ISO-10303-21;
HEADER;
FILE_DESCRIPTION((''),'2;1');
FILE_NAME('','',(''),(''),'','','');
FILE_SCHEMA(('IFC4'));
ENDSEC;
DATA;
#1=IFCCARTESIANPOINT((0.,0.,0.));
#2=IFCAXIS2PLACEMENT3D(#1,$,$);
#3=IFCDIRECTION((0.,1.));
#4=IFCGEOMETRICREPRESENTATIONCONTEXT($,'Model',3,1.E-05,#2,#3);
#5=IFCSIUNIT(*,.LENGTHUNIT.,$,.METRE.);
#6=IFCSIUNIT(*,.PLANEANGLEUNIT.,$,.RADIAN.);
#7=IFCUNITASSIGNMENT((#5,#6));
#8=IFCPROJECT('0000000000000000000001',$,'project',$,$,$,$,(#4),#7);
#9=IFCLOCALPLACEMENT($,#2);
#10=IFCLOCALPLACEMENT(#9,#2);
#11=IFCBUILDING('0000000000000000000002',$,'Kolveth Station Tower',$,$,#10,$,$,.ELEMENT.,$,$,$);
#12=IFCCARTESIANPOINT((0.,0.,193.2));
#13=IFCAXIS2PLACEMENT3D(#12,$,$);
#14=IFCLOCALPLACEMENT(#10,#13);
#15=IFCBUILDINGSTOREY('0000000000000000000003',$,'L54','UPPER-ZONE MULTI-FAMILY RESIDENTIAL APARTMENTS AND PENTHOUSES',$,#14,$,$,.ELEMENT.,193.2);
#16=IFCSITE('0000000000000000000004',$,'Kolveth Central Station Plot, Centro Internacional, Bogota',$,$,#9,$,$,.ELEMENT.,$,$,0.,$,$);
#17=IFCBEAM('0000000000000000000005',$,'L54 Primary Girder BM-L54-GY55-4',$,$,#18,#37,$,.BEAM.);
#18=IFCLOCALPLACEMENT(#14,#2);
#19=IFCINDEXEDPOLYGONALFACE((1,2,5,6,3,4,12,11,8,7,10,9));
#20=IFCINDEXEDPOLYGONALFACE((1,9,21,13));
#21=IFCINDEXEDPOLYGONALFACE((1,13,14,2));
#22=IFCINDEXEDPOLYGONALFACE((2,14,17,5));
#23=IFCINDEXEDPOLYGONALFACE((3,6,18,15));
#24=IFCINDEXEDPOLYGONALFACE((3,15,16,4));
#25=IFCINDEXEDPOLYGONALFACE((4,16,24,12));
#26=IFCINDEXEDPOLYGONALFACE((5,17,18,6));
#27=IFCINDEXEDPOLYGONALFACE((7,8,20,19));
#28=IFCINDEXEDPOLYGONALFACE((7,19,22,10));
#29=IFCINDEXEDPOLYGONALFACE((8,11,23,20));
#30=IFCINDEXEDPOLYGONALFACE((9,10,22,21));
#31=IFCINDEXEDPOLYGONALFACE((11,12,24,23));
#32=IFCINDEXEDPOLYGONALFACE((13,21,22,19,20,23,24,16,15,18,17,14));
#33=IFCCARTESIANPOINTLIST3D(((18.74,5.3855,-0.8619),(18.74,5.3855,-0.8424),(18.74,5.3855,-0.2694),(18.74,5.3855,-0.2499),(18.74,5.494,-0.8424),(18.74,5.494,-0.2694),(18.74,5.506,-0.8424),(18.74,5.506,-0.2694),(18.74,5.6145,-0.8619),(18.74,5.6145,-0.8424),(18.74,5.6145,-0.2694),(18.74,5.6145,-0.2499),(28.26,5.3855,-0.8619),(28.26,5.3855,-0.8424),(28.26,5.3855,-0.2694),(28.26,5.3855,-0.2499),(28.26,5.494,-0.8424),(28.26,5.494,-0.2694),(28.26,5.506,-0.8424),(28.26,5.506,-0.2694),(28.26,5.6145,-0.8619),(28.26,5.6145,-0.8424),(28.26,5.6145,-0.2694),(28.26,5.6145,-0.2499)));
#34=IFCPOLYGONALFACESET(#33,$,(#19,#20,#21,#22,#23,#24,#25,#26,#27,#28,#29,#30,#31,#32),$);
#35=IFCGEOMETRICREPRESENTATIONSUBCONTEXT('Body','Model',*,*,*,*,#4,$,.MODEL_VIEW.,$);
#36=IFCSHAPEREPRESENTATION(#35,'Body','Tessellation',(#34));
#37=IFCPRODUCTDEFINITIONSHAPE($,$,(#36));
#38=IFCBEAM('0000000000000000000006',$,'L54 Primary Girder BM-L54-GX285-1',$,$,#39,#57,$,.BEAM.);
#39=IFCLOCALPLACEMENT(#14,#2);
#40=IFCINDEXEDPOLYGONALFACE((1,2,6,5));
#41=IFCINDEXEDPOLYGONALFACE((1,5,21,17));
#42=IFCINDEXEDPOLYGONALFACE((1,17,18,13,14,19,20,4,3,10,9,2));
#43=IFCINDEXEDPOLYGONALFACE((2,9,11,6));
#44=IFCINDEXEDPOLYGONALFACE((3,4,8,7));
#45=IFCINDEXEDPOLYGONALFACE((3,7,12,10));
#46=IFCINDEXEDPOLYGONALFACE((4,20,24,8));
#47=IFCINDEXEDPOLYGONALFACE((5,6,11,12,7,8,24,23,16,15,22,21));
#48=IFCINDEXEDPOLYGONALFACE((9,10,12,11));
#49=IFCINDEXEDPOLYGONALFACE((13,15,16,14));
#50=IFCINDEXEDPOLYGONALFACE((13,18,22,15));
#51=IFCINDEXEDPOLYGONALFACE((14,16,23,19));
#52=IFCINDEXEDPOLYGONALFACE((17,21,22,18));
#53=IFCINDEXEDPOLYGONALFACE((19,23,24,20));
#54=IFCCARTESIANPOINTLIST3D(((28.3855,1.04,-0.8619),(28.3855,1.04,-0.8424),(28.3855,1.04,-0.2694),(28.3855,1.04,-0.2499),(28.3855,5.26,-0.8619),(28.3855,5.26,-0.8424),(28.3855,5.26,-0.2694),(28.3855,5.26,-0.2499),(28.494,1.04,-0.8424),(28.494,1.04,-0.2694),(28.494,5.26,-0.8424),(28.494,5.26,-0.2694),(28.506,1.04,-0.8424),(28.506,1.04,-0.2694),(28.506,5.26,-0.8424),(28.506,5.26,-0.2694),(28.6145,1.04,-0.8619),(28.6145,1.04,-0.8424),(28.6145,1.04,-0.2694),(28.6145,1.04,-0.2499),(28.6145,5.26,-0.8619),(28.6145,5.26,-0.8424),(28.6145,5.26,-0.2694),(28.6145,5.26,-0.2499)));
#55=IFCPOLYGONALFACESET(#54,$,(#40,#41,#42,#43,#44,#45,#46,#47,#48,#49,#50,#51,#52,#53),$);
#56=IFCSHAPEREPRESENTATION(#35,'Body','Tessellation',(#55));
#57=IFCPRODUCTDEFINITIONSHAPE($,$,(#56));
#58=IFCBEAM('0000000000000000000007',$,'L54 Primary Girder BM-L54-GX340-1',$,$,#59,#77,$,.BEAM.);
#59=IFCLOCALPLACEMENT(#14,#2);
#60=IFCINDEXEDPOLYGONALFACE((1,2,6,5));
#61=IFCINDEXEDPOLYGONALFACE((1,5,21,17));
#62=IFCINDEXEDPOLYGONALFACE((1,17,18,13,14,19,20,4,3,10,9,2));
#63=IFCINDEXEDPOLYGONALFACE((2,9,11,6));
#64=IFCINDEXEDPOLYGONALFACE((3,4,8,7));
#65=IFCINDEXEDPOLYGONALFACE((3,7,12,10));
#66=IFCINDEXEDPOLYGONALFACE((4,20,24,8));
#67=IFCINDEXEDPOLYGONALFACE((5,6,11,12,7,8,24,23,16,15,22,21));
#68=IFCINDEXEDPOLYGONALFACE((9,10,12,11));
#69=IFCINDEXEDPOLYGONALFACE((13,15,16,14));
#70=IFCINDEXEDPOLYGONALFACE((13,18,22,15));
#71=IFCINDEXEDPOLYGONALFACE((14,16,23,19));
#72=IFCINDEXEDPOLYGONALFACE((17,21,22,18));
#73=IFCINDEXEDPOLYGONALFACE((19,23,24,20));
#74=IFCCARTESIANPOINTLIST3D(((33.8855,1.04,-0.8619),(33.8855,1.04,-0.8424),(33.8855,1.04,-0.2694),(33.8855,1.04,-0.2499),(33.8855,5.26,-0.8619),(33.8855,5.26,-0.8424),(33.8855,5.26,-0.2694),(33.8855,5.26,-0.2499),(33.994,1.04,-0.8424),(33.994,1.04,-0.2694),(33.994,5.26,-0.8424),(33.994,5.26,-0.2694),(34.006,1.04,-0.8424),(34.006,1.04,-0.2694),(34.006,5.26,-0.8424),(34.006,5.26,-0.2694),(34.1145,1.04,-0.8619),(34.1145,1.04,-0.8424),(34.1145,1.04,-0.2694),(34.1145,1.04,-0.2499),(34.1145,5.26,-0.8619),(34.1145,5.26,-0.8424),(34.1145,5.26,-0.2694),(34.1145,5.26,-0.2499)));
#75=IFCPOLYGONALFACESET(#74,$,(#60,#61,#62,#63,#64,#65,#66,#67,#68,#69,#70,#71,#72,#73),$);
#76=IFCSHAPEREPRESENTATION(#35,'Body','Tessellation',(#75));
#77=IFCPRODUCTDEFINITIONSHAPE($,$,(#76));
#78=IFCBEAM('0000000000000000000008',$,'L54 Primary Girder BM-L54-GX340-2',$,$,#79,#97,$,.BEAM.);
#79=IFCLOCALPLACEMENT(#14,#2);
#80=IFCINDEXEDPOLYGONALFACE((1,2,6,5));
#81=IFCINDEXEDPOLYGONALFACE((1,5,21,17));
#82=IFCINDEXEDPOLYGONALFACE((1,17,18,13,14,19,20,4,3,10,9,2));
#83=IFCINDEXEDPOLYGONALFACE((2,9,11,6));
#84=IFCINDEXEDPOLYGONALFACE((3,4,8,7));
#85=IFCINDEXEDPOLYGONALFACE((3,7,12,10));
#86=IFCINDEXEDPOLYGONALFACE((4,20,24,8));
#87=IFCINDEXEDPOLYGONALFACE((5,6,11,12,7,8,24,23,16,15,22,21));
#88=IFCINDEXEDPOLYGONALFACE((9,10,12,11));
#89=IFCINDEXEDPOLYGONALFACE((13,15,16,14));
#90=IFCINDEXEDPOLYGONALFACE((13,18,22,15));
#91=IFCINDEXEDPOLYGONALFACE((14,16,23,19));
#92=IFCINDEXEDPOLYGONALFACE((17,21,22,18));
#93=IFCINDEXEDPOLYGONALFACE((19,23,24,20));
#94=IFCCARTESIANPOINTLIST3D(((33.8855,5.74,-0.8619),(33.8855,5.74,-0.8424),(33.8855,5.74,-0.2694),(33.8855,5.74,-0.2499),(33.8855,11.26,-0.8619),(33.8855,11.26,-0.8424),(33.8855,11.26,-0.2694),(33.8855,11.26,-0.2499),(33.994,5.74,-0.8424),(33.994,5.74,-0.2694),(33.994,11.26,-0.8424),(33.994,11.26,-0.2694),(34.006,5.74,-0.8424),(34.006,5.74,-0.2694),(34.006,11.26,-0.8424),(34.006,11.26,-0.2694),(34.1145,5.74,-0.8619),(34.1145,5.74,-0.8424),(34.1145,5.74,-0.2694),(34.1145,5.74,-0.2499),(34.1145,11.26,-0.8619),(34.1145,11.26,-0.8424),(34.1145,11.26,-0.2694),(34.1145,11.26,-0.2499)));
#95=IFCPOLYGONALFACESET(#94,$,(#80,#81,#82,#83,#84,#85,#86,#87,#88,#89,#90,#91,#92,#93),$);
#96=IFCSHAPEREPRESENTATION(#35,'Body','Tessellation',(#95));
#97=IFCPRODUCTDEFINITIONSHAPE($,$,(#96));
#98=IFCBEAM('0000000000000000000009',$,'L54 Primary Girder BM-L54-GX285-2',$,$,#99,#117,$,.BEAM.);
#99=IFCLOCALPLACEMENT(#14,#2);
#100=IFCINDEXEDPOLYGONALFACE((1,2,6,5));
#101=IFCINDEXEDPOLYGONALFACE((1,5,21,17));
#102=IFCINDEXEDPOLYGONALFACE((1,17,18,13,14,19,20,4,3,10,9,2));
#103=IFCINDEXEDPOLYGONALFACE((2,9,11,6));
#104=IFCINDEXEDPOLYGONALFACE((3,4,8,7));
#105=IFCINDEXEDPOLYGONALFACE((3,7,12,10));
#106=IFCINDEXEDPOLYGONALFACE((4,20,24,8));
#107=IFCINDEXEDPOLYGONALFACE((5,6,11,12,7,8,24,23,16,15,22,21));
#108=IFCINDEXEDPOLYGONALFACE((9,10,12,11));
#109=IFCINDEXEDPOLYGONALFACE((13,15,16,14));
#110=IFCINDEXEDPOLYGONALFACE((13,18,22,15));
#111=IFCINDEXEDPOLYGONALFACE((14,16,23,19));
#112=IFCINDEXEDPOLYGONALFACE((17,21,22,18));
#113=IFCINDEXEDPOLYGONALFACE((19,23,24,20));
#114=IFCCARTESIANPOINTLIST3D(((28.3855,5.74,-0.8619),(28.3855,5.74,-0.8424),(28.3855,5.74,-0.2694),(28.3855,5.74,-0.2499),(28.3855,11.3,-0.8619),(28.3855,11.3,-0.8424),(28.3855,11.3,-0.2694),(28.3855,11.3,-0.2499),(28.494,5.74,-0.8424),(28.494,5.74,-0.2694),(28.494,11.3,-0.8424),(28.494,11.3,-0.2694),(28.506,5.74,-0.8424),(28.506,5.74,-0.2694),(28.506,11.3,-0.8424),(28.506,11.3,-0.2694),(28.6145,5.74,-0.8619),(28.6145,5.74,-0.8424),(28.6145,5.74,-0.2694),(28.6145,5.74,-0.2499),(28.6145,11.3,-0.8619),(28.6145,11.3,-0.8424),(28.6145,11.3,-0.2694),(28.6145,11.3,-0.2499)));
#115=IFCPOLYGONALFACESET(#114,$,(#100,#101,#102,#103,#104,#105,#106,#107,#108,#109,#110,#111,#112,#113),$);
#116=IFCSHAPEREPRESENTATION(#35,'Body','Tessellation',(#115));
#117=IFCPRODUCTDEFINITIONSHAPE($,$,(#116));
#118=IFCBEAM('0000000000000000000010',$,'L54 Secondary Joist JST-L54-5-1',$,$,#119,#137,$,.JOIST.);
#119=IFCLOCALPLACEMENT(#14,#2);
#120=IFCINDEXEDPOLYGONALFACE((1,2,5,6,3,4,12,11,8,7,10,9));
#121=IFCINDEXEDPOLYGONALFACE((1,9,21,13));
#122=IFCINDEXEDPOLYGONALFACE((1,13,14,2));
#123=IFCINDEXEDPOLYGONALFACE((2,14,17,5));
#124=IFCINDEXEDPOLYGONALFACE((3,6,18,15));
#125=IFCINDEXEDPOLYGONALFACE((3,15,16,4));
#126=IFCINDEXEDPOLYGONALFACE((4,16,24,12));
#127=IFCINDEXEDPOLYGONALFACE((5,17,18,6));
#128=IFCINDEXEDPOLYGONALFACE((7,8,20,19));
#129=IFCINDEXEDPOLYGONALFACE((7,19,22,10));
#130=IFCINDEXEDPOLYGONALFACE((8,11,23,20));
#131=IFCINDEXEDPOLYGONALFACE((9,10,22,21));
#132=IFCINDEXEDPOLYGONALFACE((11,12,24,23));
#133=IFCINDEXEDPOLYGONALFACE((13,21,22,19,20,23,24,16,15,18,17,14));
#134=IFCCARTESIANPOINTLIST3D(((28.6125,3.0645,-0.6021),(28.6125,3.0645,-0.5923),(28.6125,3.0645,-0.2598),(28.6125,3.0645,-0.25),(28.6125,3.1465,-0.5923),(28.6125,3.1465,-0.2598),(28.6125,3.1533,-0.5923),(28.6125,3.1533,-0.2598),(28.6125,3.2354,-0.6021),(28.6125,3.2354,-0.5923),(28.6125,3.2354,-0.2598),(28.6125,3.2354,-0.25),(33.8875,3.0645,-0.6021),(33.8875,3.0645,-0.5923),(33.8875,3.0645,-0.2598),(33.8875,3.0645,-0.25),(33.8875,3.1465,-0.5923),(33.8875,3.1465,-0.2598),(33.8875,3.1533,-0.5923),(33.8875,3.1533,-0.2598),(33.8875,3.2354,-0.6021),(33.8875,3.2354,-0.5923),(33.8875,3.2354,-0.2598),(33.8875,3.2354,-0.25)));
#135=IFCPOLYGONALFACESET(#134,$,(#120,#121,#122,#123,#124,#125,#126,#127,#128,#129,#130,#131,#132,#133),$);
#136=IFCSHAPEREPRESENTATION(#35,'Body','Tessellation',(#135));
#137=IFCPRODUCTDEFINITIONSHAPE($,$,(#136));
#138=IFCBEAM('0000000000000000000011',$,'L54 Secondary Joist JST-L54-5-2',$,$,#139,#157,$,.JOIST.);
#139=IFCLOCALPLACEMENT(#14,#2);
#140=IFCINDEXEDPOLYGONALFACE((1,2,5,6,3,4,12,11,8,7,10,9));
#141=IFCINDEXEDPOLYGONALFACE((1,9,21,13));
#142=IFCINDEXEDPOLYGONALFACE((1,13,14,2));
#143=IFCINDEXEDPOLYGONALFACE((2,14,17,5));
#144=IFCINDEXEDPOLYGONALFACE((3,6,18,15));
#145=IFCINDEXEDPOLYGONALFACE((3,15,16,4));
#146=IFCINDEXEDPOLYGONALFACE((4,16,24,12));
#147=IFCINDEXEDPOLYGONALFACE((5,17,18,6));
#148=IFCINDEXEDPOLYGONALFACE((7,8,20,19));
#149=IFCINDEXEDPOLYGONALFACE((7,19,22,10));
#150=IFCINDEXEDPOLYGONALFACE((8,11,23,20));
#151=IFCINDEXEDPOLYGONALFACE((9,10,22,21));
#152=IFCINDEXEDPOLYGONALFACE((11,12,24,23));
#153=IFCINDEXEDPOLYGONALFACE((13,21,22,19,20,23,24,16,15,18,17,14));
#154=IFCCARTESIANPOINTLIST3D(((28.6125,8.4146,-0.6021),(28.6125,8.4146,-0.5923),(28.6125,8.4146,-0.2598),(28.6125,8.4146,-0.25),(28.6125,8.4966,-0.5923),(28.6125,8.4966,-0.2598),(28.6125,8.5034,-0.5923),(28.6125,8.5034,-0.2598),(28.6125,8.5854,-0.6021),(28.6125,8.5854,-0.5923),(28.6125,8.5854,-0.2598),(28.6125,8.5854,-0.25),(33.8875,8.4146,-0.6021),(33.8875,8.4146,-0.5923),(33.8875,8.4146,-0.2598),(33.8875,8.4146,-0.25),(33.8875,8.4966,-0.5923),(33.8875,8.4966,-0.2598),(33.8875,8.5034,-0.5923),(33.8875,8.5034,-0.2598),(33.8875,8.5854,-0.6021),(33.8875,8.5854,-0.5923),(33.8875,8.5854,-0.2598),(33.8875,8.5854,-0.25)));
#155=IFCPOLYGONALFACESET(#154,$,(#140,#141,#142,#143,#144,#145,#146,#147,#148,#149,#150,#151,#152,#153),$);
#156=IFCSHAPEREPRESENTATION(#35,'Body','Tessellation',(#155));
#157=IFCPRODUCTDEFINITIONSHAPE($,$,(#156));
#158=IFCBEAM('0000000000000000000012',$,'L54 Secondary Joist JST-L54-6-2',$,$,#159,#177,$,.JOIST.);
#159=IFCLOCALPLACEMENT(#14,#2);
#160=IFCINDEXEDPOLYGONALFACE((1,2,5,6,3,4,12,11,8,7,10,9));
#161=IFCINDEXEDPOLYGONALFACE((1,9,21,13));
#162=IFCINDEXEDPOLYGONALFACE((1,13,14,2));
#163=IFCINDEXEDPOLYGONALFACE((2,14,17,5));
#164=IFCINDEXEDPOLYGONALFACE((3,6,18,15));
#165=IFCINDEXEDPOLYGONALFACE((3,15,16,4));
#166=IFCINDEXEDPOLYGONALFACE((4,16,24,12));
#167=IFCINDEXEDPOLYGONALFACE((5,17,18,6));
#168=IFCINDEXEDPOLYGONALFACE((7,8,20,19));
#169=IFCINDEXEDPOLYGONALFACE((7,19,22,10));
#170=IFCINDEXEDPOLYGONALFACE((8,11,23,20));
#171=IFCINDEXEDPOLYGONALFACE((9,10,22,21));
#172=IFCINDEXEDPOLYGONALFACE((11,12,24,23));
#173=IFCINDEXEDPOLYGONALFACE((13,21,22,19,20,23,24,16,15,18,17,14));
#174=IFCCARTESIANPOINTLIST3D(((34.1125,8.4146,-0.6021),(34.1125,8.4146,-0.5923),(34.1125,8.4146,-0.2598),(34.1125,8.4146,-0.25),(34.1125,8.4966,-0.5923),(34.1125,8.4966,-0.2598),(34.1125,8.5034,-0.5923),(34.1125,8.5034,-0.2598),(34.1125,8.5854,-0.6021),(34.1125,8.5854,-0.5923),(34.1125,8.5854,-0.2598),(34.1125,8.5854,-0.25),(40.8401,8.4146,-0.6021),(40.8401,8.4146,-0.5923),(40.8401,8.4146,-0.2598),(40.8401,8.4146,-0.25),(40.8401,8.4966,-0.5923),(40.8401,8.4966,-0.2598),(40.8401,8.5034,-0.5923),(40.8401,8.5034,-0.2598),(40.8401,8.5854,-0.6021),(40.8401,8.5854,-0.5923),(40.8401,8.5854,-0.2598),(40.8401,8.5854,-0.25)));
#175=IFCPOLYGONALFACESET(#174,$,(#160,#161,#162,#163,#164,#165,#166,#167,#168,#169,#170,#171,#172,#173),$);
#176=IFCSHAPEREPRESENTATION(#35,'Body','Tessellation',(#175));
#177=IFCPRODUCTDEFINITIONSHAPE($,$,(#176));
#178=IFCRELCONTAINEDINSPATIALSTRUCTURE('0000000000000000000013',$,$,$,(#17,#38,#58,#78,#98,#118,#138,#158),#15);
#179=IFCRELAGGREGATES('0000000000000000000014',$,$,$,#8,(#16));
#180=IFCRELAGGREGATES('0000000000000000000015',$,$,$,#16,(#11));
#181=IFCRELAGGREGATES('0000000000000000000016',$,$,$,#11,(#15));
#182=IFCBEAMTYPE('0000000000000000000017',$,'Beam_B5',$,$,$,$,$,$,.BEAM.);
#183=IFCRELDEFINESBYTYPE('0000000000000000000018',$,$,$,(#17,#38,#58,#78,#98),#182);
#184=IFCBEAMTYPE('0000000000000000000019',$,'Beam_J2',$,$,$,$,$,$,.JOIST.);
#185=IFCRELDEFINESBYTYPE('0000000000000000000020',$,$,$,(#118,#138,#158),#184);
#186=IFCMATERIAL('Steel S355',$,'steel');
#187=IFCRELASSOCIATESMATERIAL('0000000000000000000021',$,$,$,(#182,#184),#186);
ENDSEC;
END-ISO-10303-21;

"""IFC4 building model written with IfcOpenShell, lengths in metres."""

from ifc_helpers import new_model, si_unit, direction, frame, origin, origin_2d, place, context, subcontext, project, spatial, i_section, extrude, source, transform, mapped, material, material_profile, profile_set, type_object, element, save


model = new_model("IFC4")

# Units and contexts
model_context = context("Model", 3, precision=1e-05, world=origin(), true_north=direction((0.0, 1.0)))
body_context = subcontext(model_context, "Body", "Model", "MODEL_VIEW")
ifc_project = project(units=[si_unit("LENGTHUNIT", "METRE"), si_unit("PLANEANGLEUNIT", "RADIAN")], contexts=[model_context])

# Site, building, storey
site_placement = place(None, origin())
site = spatial("IfcSite", under=ifc_project, at=site_placement, Name="Kolveth Central Station Plot, Centro Internacional, Bogota", CompositionType="ELEMENT", RefElevation=0.0)
building_placement = place(site_placement, origin())
building = spatial("IfcBuilding", under=site, at=building_placement, Name="Kolveth Station Tower", CompositionType="ELEMENT")
storey_placement = place(building_placement, frame((0.0, 0.0, 193.2)))
storey = spatial("IfcBuildingStorey", under=building, at=storey_placement, Name="L54", Description="UPPER-ZONE MULTI-FAMILY RESIDENTIAL APARTMENTS AND PENTHOUSES", CompositionType="ELEMENT", Elevation=193.2)

# Shared definitions
ifc_material_1 = material(Name="Steel S355", Category="steel")

# Beams
ifc_material_profile_1 = material_profile(ifc_material_1, i_section(OverallWidth=0.229, OverallDepth=0.6121, WebThickness=0.012, FlangeThickness=0.0195, at=origin_2d()), Name="W610x125")
ifc_profile_set_1 = profile_set([ifc_material_profile_1], Name="Steel S355")
beam_type_1 = type_object("IfcBeamType", Name="Beam_B5", PredefinedType="BEAM", material=ifc_profile_set_1)
shared_shape_1 = source(origin(), body_context, "Body", "SweptSolid", [
    extrude(i_section(OverallWidth=0.229, OverallDepth=0.6121, WebThickness=0.012, FlangeThickness=0.0195, at=origin_2d()), origin(), (0.0, 0.0, 1.0), 9.52),
])
beam_1_placement = place(storey_placement, frame((18.74, 5.5, -0.5559), z_axis=(1.0, 0.0, 0.0), x_axis=(0.0, 1.0, 0.0)))
element("IfcBeam", 1, at=beam_1_placement, inside=storey, type_object=beam_type_1, Name="L54 Primary Girder BM-L54-GY55-4", PredefinedType="BEAM", context=body_context, shape_type="MappedRepresentation", body=[
    mapped(shared_shape_1, transform((0.0, 0.0, 0.0), x_axis=(1.0, 0.0, 0.0), y_axis=(0.0, 1.0, 0.0), z_axis=(0.0, 0.0, 1.0), scale=1.0)),
])
shared_shape_2 = source(origin(), body_context, "Body", "SweptSolid", [
    extrude(i_section(OverallWidth=0.229, OverallDepth=0.6121, WebThickness=0.012, FlangeThickness=0.0195, at=origin_2d()), origin(), (0.0, 0.0, 1.0), 4.22),
])
for number, where, z_axis, x_axis, name in (
    (2, (28.5, 1.04, -0.5559), (0.0, 1.0, 0.0), (-1.0, 0.0, 0.0), "L54 Primary Girder BM-L54-GX285-1"),
    (3, (34.0, 1.04, -0.5559), (0.0, 1.0, 0.0), (-1.0, 0.0, 0.0), "L54 Primary Girder BM-L54-GX340-1"),
):
    element("IfcBeam", number, at=place(storey_placement, frame(where, z_axis=z_axis, x_axis=x_axis)), inside=storey, type_object=beam_type_1, Name=name, PredefinedType="BEAM", context=body_context, shape_type="MappedRepresentation", body=[
        mapped(shared_shape_2, transform((0.0, 0.0, 0.0), x_axis=(1.0, 0.0, 0.0), y_axis=(0.0, 1.0, 0.0), z_axis=(0.0, 0.0, 1.0), scale=1.0)),
    ])
shared_shape_3 = source(origin(), body_context, "Body", "SweptSolid", [
    extrude(i_section(OverallWidth=0.229, OverallDepth=0.6121, WebThickness=0.012, FlangeThickness=0.0195, at=origin_2d()), origin(), (0.0, 0.0, 1.0), 5.52),
])
beam_2_placement = place(storey_placement, frame((34.0, 5.74, -0.5559), z_axis=(0.0, 1.0, 0.0), x_axis=(-1.0, 0.0, 0.0)))
element("IfcBeam", 4, at=beam_2_placement, inside=storey, type_object=beam_type_1, Name="L54 Primary Girder BM-L54-GX340-2", PredefinedType="BEAM", context=body_context, shape_type="MappedRepresentation", body=[
    mapped(shared_shape_3, transform((0.0, 0.0, 0.0), x_axis=(1.0, 0.0, 0.0), y_axis=(0.0, 1.0, 0.0), z_axis=(0.0, 0.0, 1.0), scale=1.0)),
])
shared_shape_4 = source(origin(), body_context, "Body", "SweptSolid", [
    extrude(i_section(OverallWidth=0.229, OverallDepth=0.6121, WebThickness=0.012, FlangeThickness=0.0195, at=origin_2d()), origin(), (0.0, 0.0, 1.0), 5.5601),
])
beam_3_placement = place(storey_placement, frame((28.5, 5.74, -0.5559), z_axis=(0.0, 1.0, 0.0), x_axis=(-1.0, 0.0, 0.0)))
element("IfcBeam", 5, at=beam_3_placement, inside=storey, type_object=beam_type_1, Name="L54 Primary Girder BM-L54-GX285-2", PredefinedType="BEAM", context=body_context, shape_type="MappedRepresentation", body=[
    mapped(shared_shape_4, transform((0.0, 0.0, 0.0), x_axis=(1.0, 0.0, 0.0), y_axis=(0.0, 1.0, 0.0), z_axis=(0.0, 0.0, 1.0), scale=1.0)),
])
ifc_material_profile_2 = material_profile(ifc_material_1, i_section(OverallWidth=0.1709, OverallDepth=0.3521, WebThickness=0.0068, FlangeThickness=0.0098, at=origin_2d()), Name="W360x44")
ifc_profile_set_2 = profile_set([ifc_material_profile_2], Name="Steel S355")
beam_type_2 = type_object("IfcBeamType", Name="Beam_J2", PredefinedType="JOIST", material=ifc_profile_set_2)
shared_shape_5 = source(origin(), body_context, "Body", "SweptSolid", [
    extrude(i_section(OverallWidth=0.1709, OverallDepth=0.3521, WebThickness=0.0068, FlangeThickness=0.0098, at=origin_2d()), origin(), (0.0, 0.0, 1.0), 5.2749),
])
for number, where, z_axis, x_axis, name in (
    (6, (28.6125, 3.1499, -0.426), (1.0, 0.0, 0.0), (0.0, 1.0, 0.0), "L54 Secondary Joist JST-L54-5-1"),
    (7, (28.6125, 8.5, -0.426), (1.0, 0.0, 0.0), (0.0, 1.0, 0.0), "L54 Secondary Joist JST-L54-5-2"),
):
    element("IfcBeam", number, at=place(storey_placement, frame(where, z_axis=z_axis, x_axis=x_axis)), inside=storey, type_object=beam_type_2, Name=name, PredefinedType="JOIST", context=body_context, shape_type="MappedRepresentation", body=[
        mapped(shared_shape_5, transform((0.0, 0.0, 0.0), x_axis=(1.0, 0.0, 0.0), y_axis=(0.0, 1.0, 0.0), z_axis=(0.0, 0.0, 1.0), scale=1.0)),
    ])
shared_shape_6 = source(origin(), body_context, "Body", "SweptSolid", [
    extrude(i_section(OverallWidth=0.1709, OverallDepth=0.3521, WebThickness=0.0068, FlangeThickness=0.0098, at=origin_2d()), origin(), (0.0, 0.0, 1.0), 6.7275),
])
beam_4_placement = place(storey_placement, frame((34.1125, 8.5, -0.426), z_axis=(1.0, 0.0, 0.0), x_axis=(0.0, 1.0, 0.0)))
element("IfcBeam", 8, at=beam_4_placement, inside=storey, type_object=beam_type_2, Name="L54 Secondary Joist JST-L54-6-2", PredefinedType="JOIST", context=body_context, shape_type="MappedRepresentation", body=[
    mapped(shared_shape_6, transform((0.0, 0.0, 0.0), x_axis=(1.0, 0.0, 0.0), y_axis=(0.0, 1.0, 0.0), z_axis=(0.0, 0.0, 1.0), scale=1.0)),
])

save(model, "model.ifc")
